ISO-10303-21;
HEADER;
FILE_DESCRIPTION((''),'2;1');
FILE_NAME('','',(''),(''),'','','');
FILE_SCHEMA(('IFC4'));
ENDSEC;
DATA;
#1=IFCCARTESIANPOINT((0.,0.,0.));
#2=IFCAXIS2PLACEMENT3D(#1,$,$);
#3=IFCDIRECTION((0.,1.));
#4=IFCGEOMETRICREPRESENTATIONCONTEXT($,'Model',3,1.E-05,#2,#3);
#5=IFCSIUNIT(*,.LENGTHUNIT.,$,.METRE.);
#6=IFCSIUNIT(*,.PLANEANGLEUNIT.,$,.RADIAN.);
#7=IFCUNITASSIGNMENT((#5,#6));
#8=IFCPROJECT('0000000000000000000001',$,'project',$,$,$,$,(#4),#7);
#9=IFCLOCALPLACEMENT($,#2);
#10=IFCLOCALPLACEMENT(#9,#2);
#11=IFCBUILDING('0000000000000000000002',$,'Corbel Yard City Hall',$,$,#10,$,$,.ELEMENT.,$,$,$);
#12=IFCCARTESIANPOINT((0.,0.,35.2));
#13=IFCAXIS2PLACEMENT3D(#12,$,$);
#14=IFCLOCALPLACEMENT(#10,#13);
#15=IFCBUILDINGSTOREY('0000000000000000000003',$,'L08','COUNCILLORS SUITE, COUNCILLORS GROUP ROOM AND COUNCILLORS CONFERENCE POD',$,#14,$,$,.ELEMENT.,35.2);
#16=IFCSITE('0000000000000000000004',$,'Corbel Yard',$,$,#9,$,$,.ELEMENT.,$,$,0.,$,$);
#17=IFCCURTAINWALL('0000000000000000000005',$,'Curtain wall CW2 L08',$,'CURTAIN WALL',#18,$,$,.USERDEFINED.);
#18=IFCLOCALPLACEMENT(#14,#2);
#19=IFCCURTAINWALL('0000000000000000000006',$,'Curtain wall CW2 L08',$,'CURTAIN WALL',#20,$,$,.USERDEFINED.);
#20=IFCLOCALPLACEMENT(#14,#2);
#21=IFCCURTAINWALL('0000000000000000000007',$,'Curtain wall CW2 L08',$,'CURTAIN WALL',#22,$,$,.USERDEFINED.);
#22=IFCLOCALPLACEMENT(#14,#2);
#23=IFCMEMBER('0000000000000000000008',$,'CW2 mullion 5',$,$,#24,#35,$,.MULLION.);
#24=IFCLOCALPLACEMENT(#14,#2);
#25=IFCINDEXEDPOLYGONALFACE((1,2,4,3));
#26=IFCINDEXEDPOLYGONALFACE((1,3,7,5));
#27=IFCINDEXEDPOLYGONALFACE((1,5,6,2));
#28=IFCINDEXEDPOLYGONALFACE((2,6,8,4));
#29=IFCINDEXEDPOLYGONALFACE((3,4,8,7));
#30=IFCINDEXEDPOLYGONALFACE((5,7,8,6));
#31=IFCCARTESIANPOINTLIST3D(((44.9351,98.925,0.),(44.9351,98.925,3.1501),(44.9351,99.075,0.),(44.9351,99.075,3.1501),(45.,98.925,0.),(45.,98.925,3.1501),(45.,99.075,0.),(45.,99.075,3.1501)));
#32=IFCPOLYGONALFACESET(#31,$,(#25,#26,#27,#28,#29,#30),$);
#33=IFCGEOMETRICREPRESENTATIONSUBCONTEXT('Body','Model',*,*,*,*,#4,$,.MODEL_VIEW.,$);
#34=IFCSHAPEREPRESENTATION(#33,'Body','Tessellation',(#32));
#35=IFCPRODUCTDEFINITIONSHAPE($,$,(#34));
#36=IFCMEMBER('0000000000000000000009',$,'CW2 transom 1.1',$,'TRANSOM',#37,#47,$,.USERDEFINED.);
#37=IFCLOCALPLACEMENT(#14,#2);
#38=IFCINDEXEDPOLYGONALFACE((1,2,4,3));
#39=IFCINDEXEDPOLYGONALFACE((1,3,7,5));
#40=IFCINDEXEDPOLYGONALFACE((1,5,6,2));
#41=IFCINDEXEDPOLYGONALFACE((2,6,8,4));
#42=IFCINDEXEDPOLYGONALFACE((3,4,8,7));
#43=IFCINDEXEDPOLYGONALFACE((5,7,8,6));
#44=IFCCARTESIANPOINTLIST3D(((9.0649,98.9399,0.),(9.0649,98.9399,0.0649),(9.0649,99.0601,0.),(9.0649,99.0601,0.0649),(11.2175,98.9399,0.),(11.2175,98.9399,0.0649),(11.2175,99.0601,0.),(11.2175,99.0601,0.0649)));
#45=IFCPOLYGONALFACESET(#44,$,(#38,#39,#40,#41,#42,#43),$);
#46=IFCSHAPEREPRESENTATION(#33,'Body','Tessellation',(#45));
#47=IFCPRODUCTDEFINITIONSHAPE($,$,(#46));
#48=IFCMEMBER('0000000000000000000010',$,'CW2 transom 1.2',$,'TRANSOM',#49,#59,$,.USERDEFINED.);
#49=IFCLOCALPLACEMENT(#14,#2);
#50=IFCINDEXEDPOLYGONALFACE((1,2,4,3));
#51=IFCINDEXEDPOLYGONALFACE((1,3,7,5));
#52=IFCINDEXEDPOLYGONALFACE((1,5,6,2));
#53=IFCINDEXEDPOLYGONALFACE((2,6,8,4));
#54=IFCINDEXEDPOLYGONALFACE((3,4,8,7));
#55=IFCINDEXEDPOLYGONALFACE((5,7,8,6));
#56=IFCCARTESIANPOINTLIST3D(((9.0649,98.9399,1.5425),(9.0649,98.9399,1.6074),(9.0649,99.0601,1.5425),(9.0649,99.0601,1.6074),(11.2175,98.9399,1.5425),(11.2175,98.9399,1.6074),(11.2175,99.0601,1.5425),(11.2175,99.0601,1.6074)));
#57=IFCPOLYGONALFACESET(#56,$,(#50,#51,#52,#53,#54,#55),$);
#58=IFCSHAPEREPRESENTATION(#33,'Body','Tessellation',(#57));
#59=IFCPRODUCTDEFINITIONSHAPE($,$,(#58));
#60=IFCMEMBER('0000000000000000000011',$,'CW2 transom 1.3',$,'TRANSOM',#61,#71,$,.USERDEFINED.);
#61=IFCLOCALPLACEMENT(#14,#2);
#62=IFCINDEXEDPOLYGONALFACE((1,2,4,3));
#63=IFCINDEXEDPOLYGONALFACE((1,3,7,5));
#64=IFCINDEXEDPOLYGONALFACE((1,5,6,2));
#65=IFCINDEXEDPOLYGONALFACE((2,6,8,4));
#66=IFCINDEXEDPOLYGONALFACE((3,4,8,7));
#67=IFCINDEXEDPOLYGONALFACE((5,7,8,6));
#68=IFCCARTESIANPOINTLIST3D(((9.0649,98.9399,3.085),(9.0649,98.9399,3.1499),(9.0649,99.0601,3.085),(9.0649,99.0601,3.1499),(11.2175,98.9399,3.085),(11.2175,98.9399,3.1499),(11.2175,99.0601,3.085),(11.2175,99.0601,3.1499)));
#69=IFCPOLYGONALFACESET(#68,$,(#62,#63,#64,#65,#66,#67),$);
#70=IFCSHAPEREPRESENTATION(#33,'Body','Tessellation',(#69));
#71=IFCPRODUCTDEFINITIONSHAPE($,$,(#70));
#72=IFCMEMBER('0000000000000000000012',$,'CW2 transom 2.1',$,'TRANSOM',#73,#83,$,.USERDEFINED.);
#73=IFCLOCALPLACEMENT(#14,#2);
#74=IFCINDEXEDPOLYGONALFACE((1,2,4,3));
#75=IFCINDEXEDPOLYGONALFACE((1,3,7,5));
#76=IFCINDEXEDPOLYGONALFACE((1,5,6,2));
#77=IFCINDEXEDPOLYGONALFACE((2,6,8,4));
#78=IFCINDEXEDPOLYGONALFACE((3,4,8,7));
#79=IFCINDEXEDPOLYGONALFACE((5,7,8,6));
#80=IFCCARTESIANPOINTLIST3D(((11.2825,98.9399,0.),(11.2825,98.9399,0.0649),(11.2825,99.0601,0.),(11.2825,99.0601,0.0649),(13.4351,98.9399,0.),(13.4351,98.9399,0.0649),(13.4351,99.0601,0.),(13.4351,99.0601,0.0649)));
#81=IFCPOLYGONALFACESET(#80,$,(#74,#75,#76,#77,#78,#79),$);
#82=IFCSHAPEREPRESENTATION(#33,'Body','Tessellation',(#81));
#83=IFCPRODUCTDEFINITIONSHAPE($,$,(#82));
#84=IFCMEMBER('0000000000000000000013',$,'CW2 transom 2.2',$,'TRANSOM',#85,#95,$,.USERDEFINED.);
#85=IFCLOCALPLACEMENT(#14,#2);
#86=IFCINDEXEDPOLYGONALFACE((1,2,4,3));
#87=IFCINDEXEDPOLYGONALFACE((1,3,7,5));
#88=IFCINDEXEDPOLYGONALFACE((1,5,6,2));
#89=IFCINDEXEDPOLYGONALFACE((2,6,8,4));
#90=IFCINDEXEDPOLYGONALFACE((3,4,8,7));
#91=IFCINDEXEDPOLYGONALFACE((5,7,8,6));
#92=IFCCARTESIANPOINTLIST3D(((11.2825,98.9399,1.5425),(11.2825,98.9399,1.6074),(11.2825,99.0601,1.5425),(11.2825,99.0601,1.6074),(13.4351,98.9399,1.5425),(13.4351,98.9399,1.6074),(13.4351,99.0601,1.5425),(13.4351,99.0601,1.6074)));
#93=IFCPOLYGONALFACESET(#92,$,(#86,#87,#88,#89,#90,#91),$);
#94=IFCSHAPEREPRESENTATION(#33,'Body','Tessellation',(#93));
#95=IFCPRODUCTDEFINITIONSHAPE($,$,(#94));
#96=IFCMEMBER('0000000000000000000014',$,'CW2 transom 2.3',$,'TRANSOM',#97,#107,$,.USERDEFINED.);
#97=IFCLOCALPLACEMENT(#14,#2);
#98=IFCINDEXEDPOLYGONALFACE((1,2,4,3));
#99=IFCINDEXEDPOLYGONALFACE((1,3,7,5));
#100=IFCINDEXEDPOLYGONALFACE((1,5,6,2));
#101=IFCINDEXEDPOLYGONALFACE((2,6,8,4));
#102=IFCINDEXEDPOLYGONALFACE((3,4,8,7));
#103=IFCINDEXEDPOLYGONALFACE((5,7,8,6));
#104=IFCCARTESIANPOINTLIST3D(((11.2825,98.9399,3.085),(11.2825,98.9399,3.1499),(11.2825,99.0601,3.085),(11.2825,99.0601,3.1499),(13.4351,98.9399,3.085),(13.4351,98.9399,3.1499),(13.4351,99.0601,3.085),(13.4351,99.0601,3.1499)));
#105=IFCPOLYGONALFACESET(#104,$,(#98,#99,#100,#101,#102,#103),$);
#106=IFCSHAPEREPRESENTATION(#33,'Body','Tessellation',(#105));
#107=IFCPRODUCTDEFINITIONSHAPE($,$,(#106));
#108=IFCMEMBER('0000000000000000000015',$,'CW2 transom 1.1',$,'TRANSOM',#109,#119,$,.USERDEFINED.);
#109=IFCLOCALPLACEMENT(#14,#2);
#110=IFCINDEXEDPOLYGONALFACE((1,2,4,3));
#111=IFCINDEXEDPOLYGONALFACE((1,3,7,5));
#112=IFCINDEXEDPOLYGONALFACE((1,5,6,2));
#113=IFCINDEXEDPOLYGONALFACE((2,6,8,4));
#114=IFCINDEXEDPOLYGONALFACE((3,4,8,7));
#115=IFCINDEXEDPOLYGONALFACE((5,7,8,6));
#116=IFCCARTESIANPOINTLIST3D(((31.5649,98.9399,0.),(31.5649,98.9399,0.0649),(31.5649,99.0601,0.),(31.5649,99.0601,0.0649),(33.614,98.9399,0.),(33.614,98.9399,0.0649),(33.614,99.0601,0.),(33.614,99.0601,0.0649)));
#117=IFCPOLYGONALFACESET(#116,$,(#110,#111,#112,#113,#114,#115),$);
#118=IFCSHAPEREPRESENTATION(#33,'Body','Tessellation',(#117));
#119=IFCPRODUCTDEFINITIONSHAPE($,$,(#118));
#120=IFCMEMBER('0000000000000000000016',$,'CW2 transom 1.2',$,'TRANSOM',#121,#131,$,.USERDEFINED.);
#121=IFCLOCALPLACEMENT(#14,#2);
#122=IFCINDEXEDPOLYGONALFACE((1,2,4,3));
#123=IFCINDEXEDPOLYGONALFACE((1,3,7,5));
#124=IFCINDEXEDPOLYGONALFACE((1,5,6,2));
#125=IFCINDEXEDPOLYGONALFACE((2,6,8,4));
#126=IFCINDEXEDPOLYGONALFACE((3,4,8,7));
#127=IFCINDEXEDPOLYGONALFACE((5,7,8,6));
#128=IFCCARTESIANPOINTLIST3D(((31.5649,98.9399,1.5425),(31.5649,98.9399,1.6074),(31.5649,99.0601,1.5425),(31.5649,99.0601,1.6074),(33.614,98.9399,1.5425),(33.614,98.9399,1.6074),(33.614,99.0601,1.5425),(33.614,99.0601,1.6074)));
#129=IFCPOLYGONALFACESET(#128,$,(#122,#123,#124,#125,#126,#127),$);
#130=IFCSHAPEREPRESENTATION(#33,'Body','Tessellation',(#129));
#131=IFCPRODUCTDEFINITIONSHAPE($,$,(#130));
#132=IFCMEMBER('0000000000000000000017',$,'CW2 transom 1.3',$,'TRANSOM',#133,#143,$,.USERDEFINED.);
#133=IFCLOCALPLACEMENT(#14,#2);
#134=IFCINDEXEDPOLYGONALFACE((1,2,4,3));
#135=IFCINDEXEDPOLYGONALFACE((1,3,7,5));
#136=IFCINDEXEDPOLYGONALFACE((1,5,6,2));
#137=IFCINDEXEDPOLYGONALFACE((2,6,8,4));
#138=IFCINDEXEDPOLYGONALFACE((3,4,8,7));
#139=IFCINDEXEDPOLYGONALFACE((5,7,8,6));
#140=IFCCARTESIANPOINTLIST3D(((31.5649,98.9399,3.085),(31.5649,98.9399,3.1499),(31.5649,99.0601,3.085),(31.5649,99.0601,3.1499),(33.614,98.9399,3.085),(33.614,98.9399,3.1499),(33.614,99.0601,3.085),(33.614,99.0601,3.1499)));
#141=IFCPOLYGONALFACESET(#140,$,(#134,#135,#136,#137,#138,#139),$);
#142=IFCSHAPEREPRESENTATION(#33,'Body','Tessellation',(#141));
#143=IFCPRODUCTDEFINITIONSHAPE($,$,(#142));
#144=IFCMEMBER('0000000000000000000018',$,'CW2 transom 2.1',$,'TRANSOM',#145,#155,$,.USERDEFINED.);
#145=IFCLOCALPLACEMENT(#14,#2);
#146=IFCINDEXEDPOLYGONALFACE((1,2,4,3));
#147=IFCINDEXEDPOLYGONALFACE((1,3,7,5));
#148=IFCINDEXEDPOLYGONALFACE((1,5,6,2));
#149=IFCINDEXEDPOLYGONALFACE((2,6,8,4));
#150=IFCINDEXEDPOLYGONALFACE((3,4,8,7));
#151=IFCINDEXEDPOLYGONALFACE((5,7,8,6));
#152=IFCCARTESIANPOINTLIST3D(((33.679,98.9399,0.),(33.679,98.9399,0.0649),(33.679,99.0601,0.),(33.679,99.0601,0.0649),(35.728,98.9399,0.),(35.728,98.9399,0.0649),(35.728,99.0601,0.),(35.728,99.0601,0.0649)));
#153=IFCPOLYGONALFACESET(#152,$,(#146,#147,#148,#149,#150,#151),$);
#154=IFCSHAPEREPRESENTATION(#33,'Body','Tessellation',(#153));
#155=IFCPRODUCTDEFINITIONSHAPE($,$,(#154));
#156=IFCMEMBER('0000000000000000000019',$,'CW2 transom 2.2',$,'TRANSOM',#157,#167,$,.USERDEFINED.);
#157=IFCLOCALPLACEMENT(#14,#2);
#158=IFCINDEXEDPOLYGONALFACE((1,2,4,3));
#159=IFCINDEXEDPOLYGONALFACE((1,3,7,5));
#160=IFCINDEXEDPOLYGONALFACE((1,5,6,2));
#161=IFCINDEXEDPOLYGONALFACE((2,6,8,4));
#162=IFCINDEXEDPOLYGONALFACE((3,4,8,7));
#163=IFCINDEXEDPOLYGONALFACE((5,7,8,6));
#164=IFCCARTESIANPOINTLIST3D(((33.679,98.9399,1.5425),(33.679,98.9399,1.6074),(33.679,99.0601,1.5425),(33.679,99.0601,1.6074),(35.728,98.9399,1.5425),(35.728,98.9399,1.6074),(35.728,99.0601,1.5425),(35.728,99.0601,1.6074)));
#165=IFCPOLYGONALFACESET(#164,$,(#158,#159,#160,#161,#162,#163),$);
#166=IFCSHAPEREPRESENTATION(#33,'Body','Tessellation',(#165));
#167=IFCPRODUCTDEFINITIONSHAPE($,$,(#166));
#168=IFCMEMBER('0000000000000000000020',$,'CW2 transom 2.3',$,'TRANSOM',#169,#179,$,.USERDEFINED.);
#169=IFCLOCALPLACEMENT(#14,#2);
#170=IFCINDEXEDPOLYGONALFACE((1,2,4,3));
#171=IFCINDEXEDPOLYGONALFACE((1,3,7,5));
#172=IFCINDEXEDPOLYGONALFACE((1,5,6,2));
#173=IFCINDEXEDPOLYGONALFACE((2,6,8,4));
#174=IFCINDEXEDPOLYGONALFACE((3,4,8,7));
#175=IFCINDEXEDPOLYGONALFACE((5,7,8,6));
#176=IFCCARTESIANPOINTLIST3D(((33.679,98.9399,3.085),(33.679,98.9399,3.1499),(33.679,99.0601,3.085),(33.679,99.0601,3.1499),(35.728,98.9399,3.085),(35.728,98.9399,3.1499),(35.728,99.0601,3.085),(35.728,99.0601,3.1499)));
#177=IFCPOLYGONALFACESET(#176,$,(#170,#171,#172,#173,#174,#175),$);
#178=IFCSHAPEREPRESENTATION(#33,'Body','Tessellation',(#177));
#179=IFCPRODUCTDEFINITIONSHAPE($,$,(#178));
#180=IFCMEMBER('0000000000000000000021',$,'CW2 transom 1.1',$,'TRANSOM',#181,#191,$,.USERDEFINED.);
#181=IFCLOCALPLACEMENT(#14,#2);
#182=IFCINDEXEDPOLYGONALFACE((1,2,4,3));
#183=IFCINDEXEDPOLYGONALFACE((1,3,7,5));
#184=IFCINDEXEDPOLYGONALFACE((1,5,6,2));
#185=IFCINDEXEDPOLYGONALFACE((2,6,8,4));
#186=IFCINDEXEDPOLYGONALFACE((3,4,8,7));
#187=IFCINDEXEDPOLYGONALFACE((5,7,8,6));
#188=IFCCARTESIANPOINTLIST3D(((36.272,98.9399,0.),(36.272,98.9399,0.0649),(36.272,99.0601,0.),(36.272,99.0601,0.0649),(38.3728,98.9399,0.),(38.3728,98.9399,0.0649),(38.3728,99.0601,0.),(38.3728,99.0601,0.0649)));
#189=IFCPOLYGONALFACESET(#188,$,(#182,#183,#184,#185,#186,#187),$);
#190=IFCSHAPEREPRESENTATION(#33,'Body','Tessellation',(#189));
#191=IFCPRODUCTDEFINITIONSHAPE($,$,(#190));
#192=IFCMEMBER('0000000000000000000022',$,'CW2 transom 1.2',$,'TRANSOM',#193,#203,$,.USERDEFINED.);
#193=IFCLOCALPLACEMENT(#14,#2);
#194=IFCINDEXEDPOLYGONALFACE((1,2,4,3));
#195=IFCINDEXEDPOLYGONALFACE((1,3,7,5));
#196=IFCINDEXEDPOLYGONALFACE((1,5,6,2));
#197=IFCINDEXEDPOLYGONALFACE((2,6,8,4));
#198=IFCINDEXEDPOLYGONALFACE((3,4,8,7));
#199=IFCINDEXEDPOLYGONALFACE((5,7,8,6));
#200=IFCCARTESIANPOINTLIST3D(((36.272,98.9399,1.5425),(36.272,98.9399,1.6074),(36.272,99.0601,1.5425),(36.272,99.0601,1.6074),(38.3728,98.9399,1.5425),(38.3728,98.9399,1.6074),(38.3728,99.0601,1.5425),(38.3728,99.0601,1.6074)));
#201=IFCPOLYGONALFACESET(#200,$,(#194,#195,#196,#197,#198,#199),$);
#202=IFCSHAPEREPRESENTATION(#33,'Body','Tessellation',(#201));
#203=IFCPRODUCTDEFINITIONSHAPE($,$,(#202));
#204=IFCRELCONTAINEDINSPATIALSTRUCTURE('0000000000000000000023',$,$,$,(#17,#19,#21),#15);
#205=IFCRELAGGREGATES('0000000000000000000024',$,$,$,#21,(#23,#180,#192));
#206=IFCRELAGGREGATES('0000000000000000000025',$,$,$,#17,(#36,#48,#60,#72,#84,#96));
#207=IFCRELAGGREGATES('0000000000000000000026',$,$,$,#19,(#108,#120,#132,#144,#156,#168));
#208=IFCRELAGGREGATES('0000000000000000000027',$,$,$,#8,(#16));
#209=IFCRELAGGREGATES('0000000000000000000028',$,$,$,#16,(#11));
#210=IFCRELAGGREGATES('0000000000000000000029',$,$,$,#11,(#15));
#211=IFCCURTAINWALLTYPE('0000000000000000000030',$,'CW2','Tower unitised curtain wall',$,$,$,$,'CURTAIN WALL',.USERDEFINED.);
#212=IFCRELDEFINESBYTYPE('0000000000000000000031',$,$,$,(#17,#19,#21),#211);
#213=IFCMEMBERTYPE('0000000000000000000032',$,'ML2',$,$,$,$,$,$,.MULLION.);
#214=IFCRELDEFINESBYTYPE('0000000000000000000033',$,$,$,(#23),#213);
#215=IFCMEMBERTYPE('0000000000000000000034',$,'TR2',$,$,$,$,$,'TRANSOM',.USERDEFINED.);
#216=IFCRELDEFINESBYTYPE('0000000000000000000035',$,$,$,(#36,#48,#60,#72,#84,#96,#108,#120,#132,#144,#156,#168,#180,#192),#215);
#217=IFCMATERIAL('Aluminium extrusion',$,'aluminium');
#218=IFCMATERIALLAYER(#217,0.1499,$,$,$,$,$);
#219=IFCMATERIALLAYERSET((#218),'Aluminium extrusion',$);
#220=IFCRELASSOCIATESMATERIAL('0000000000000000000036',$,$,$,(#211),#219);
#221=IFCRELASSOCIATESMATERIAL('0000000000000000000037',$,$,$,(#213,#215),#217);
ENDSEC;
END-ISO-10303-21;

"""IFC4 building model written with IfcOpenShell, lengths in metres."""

from ifc_helpers import new_model, si_unit, direction, frame, origin, origin_2d, place, context, subcontext, project, spatial, rectangle, extrude, material, layer, layer_set, material_profile, profile_set, type_object, element, aggregate, save


model = new_model("IFC4")

# Units and contexts
model_context = context("Model", 3, precision=1e-05, world=origin(), true_north=direction((0.0, 1.0)))
body_context = subcontext(model_context, "Body", "Model", "MODEL_VIEW")
ifc_project = project(units=[si_unit("LENGTHUNIT", "METRE"), si_unit("PLANEANGLEUNIT", "RADIAN")], contexts=[model_context])

# Site, building, storey
site_placement = place(None, origin())
site = spatial("IfcSite", under=ifc_project, at=site_placement, Name="Corbel Yard", CompositionType="ELEMENT", RefElevation=0.0)
building_placement = place(site_placement, origin())
building = spatial("IfcBuilding", under=site, at=building_placement, Name="Corbel Yard City Hall", CompositionType="ELEMENT")
storey_placement = place(building_placement, frame((0.0, 0.0, 35.2)))
storey = spatial("IfcBuildingStorey", under=building, at=storey_placement, Name="L08", Description="COUNCILLORS SUITE, COUNCILLORS GROUP ROOM AND COUNCILLORS CONFERENCE POD", CompositionType="ELEMENT", Elevation=35.2)

# Curtain walls, member
ifc_material_1 = material(Name="Aluminium extrusion", Category="aluminium")
ifc_layer_1 = layer(ifc_material_1, 0.1499)
ifc_layer_set_1 = layer_set([ifc_layer_1], Name="Aluminium extrusion")
curtain_wall_type = type_object("IfcCurtainWallType", Name="CW2", Description="Tower unitised curtain wall", ElementType="CURTAIN WALL", PredefinedType="USERDEFINED", material=ifc_layer_set_1)
curtain_wall_1_placement = place(storey_placement, origin())
curtain_wall_1 = element("IfcCurtainWall", 1, at=curtain_wall_1_placement, inside=storey, type_object=curtain_wall_type, Name="Curtain wall CW2 L08", ObjectType="CURTAIN WALL", PredefinedType="USERDEFINED")
ifc_material_profile_1 = material_profile(ifc_material_1, rectangle(XDim=0.1499, YDim=0.0649, at=origin_2d()), Name="150x65")
ifc_profile_set_1 = profile_set([ifc_material_profile_1], Name="Aluminium extrusion")
member_type_1 = type_object("IfcMemberType", Name="ML2", PredefinedType="MULLION", material=ifc_profile_set_1)
curtain_wall_2_placement = place(storey_placement, origin())
curtain_wall_2 = element("IfcCurtainWall", 2, at=curtain_wall_2_placement, inside=storey, type_object=curtain_wall_type, Name="Curtain wall CW2 L08", ObjectType="CURTAIN WALL", PredefinedType="USERDEFINED")
curtain_wall_3_placement = place(storey_placement, origin())
curtain_wall_3 = element("IfcCurtainWall", 3, at=curtain_wall_3_placement, inside=storey, type_object=curtain_wall_type, Name="Curtain wall CW2 L08", ObjectType="CURTAIN WALL", PredefinedType="USERDEFINED")
member_1_placement = place(storey_placement, frame((44.9675, 99.0, 0.0), z_axis=(0.0, 0.0, 1.0), x_axis=(0.0, 1.0, 0.0)))
member_1 = element("IfcMember", 4, at=member_1_placement, type_object=member_type_1, Name="CW2 mullion 5", PredefinedType="MULLION", context=body_context, shape_type="SweptSolid", body=[
    extrude(rectangle(XDim=0.1499, YDim=0.0649, at=origin_2d()), origin(), (0.0, 0.0, 1.0), 3.1501),
])

# Members
ifc_material_profile_2 = material_profile(ifc_material_1, rectangle(XDim=0.1201, YDim=0.0649, at=origin_2d()), Name="120x65")
ifc_profile_set_2 = profile_set([ifc_material_profile_2], Name="Aluminium extrusion")
member_type_2 = type_object("IfcMemberType", Name="TR2", ElementType="TRANSOM", PredefinedType="USERDEFINED", material=ifc_profile_set_2)
member_2_placement = place(storey_placement, frame((9.0649, 99.0, 0.0325), z_axis=(1.0, 0.0, 0.0), x_axis=(0.0, 1.0, 0.0)))
member_2 = element("IfcMember", 5, at=member_2_placement, type_object=member_type_2, Name="CW2 transom 1.1", ObjectType="TRANSOM", PredefinedType="USERDEFINED", context=body_context, shape_type="SweptSolid", body=[
    extrude(rectangle(XDim=0.1201, YDim=0.0649, at=origin_2d()), origin(), (0.0, 0.0, 1.0), 2.1526),
])
member_3_placement = place(storey_placement, frame((9.0649, 99.0, 1.575), z_axis=(1.0, 0.0, 0.0), x_axis=(0.0, 1.0, 0.0)))
member_3 = element("IfcMember", 6, at=member_3_placement, type_object=member_type_2, Name="CW2 transom 1.2", ObjectType="TRANSOM", PredefinedType="USERDEFINED", context=body_context, shape_type="SweptSolid", body=[
    extrude(rectangle(XDim=0.1201, YDim=0.0649, at=origin_2d()), origin(), (0.0, 0.0, 1.0), 2.1526),
])
member_4_placement = place(storey_placement, frame((9.0649, 99.0, 3.1174), z_axis=(1.0, 0.0, 0.0), x_axis=(0.0, 1.0, 0.0)))
member_4 = element("IfcMember", 7, at=member_4_placement, type_object=member_type_2, Name="CW2 transom 1.3", ObjectType="TRANSOM", PredefinedType="USERDEFINED", context=body_context, shape_type="SweptSolid", body=[
    extrude(rectangle(XDim=0.1201, YDim=0.0649, at=origin_2d()), origin(), (0.0, 0.0, 1.0), 2.1526),
])
member_5_placement = place(storey_placement, frame((11.2825, 99.0, 0.0325), z_axis=(1.0, 0.0, 0.0), x_axis=(0.0, 1.0, 0.0)))
member_5 = element("IfcMember", 8, at=member_5_placement, type_object=member_type_2, Name="CW2 transom 2.1", ObjectType="TRANSOM", PredefinedType="USERDEFINED", context=body_context, shape_type="SweptSolid", body=[
    extrude(rectangle(XDim=0.1201, YDim=0.0649, at=origin_2d()), origin(), (0.0, 0.0, 1.0), 2.1526),
])
member_6_placement = place(storey_placement, frame((11.2825, 99.0, 1.575), z_axis=(1.0, 0.0, 0.0), x_axis=(0.0, 1.0, 0.0)))
member_6 = element("IfcMember", 9, at=member_6_placement, type_object=member_type_2, Name="CW2 transom 2.2", ObjectType="TRANSOM", PredefinedType="USERDEFINED", context=body_context, shape_type="SweptSolid", body=[
    extrude(rectangle(XDim=0.1201, YDim=0.0649, at=origin_2d()), origin(), (0.0, 0.0, 1.0), 2.1526),
])
member_7_placement = place(storey_placement, frame((11.2825, 99.0, 3.1174), z_axis=(1.0, 0.0, 0.0), x_axis=(0.0, 1.0, 0.0)))
member_7 = element("IfcMember", 10, at=member_7_placement, type_object=member_type_2, Name="CW2 transom 2.3", ObjectType="TRANSOM", PredefinedType="USERDEFINED", context=body_context, shape_type="SweptSolid", body=[
    extrude(rectangle(XDim=0.1201, YDim=0.0649, at=origin_2d()), origin(), (0.0, 0.0, 1.0), 2.1526),
])
member_8_placement = place(storey_placement, frame((31.5649, 99.0, 0.0325), z_axis=(1.0, 0.0, 0.0), x_axis=(0.0, 1.0, 0.0)))
member_8 = element("IfcMember", 11, at=member_8_placement, type_object=member_type_2, Name="CW2 transom 1.1", ObjectType="TRANSOM", PredefinedType="USERDEFINED", context=body_context, shape_type="SweptSolid", body=[
    extrude(rectangle(XDim=0.1201, YDim=0.0649, at=origin_2d()), origin(), (0.0, 0.0, 1.0), 2.0491),
])
member_9_placement = place(storey_placement, frame((31.5649, 99.0, 1.575), z_axis=(1.0, 0.0, 0.0), x_axis=(0.0, 1.0, 0.0)))
member_9 = element("IfcMember", 12, at=member_9_placement, type_object=member_type_2, Name="CW2 transom 1.2", ObjectType="TRANSOM", PredefinedType="USERDEFINED", context=body_context, shape_type="SweptSolid", body=[
    extrude(rectangle(XDim=0.1201, YDim=0.0649, at=origin_2d()), origin(), (0.0, 0.0, 1.0), 2.0491),
])
member_10_placement = place(storey_placement, frame((31.5649, 99.0, 3.1174), z_axis=(1.0, 0.0, 0.0), x_axis=(0.0, 1.0, 0.0)))
member_10 = element("IfcMember", 13, at=member_10_placement, type_object=member_type_2, Name="CW2 transom 1.3", ObjectType="TRANSOM", PredefinedType="USERDEFINED", context=body_context, shape_type="SweptSolid", body=[
    extrude(rectangle(XDim=0.1201, YDim=0.0649, at=origin_2d()), origin(), (0.0, 0.0, 1.0), 2.0491),
])
member_11_placement = place(storey_placement, frame((33.679, 99.0, 0.0325), z_axis=(1.0, 0.0, 0.0), x_axis=(0.0, 1.0, 0.0)))
member_11 = element("IfcMember", 14, at=member_11_placement, type_object=member_type_2, Name="CW2 transom 2.1", ObjectType="TRANSOM", PredefinedType="USERDEFINED", context=body_context, shape_type="SweptSolid", body=[
    extrude(rectangle(XDim=0.1201, YDim=0.0649, at=origin_2d()), origin(), (0.0, 0.0, 1.0), 2.0491),
])
member_12_placement = place(storey_placement, frame((33.679, 99.0, 1.575), z_axis=(1.0, 0.0, 0.0), x_axis=(0.0, 1.0, 0.0)))
member_12 = element("IfcMember", 15, at=member_12_placement, type_object=member_type_2, Name="CW2 transom 2.2", ObjectType="TRANSOM", PredefinedType="USERDEFINED", context=body_context, shape_type="SweptSolid", body=[
    extrude(rectangle(XDim=0.1201, YDim=0.0649, at=origin_2d()), origin(), (0.0, 0.0, 1.0), 2.0491),
])
member_13_placement = place(storey_placement, frame((33.679, 99.0, 3.1174), z_axis=(1.0, 0.0, 0.0), x_axis=(0.0, 1.0, 0.0)))
member_13 = element("IfcMember", 16, at=member_13_placement, type_object=member_type_2, Name="CW2 transom 2.3", ObjectType="TRANSOM", PredefinedType="USERDEFINED", context=body_context, shape_type="SweptSolid", body=[
    extrude(rectangle(XDim=0.1201, YDim=0.0649, at=origin_2d()), origin(), (0.0, 0.0, 1.0), 2.0491),
])
member_14_placement = place(storey_placement, frame((36.272, 99.0, 0.0325), z_axis=(1.0, 0.0, 0.0), x_axis=(0.0, 1.0, 0.0)))
member_14 = element("IfcMember", 17, at=member_14_placement, type_object=member_type_2, Name="CW2 transom 1.1", ObjectType="TRANSOM", PredefinedType="USERDEFINED", context=body_context, shape_type="SweptSolid", body=[
    extrude(rectangle(XDim=0.1201, YDim=0.0649, at=origin_2d()), origin(), (0.0, 0.0, 1.0), 2.1008),
])
member_15_placement = place(storey_placement, frame((36.272, 99.0, 1.575), z_axis=(1.0, 0.0, 0.0), x_axis=(0.0, 1.0, 0.0)))
member_15 = element("IfcMember", 18, at=member_15_placement, type_object=member_type_2, Name="CW2 transom 1.2", ObjectType="TRANSOM", PredefinedType="USERDEFINED", context=body_context, shape_type="SweptSolid", body=[
    extrude(rectangle(XDim=0.1201, YDim=0.0649, at=origin_2d()), origin(), (0.0, 0.0, 1.0), 2.1008),
])
aggregate(curtain_wall_3, [member_1, member_14, member_15])

aggregate(curtain_wall_1, [member_2, member_3, member_4, member_5, member_6, member_7])
aggregate(curtain_wall_2, [member_8, member_9, member_10, member_11, member_12, member_13])

save(model, "model.ifc")
